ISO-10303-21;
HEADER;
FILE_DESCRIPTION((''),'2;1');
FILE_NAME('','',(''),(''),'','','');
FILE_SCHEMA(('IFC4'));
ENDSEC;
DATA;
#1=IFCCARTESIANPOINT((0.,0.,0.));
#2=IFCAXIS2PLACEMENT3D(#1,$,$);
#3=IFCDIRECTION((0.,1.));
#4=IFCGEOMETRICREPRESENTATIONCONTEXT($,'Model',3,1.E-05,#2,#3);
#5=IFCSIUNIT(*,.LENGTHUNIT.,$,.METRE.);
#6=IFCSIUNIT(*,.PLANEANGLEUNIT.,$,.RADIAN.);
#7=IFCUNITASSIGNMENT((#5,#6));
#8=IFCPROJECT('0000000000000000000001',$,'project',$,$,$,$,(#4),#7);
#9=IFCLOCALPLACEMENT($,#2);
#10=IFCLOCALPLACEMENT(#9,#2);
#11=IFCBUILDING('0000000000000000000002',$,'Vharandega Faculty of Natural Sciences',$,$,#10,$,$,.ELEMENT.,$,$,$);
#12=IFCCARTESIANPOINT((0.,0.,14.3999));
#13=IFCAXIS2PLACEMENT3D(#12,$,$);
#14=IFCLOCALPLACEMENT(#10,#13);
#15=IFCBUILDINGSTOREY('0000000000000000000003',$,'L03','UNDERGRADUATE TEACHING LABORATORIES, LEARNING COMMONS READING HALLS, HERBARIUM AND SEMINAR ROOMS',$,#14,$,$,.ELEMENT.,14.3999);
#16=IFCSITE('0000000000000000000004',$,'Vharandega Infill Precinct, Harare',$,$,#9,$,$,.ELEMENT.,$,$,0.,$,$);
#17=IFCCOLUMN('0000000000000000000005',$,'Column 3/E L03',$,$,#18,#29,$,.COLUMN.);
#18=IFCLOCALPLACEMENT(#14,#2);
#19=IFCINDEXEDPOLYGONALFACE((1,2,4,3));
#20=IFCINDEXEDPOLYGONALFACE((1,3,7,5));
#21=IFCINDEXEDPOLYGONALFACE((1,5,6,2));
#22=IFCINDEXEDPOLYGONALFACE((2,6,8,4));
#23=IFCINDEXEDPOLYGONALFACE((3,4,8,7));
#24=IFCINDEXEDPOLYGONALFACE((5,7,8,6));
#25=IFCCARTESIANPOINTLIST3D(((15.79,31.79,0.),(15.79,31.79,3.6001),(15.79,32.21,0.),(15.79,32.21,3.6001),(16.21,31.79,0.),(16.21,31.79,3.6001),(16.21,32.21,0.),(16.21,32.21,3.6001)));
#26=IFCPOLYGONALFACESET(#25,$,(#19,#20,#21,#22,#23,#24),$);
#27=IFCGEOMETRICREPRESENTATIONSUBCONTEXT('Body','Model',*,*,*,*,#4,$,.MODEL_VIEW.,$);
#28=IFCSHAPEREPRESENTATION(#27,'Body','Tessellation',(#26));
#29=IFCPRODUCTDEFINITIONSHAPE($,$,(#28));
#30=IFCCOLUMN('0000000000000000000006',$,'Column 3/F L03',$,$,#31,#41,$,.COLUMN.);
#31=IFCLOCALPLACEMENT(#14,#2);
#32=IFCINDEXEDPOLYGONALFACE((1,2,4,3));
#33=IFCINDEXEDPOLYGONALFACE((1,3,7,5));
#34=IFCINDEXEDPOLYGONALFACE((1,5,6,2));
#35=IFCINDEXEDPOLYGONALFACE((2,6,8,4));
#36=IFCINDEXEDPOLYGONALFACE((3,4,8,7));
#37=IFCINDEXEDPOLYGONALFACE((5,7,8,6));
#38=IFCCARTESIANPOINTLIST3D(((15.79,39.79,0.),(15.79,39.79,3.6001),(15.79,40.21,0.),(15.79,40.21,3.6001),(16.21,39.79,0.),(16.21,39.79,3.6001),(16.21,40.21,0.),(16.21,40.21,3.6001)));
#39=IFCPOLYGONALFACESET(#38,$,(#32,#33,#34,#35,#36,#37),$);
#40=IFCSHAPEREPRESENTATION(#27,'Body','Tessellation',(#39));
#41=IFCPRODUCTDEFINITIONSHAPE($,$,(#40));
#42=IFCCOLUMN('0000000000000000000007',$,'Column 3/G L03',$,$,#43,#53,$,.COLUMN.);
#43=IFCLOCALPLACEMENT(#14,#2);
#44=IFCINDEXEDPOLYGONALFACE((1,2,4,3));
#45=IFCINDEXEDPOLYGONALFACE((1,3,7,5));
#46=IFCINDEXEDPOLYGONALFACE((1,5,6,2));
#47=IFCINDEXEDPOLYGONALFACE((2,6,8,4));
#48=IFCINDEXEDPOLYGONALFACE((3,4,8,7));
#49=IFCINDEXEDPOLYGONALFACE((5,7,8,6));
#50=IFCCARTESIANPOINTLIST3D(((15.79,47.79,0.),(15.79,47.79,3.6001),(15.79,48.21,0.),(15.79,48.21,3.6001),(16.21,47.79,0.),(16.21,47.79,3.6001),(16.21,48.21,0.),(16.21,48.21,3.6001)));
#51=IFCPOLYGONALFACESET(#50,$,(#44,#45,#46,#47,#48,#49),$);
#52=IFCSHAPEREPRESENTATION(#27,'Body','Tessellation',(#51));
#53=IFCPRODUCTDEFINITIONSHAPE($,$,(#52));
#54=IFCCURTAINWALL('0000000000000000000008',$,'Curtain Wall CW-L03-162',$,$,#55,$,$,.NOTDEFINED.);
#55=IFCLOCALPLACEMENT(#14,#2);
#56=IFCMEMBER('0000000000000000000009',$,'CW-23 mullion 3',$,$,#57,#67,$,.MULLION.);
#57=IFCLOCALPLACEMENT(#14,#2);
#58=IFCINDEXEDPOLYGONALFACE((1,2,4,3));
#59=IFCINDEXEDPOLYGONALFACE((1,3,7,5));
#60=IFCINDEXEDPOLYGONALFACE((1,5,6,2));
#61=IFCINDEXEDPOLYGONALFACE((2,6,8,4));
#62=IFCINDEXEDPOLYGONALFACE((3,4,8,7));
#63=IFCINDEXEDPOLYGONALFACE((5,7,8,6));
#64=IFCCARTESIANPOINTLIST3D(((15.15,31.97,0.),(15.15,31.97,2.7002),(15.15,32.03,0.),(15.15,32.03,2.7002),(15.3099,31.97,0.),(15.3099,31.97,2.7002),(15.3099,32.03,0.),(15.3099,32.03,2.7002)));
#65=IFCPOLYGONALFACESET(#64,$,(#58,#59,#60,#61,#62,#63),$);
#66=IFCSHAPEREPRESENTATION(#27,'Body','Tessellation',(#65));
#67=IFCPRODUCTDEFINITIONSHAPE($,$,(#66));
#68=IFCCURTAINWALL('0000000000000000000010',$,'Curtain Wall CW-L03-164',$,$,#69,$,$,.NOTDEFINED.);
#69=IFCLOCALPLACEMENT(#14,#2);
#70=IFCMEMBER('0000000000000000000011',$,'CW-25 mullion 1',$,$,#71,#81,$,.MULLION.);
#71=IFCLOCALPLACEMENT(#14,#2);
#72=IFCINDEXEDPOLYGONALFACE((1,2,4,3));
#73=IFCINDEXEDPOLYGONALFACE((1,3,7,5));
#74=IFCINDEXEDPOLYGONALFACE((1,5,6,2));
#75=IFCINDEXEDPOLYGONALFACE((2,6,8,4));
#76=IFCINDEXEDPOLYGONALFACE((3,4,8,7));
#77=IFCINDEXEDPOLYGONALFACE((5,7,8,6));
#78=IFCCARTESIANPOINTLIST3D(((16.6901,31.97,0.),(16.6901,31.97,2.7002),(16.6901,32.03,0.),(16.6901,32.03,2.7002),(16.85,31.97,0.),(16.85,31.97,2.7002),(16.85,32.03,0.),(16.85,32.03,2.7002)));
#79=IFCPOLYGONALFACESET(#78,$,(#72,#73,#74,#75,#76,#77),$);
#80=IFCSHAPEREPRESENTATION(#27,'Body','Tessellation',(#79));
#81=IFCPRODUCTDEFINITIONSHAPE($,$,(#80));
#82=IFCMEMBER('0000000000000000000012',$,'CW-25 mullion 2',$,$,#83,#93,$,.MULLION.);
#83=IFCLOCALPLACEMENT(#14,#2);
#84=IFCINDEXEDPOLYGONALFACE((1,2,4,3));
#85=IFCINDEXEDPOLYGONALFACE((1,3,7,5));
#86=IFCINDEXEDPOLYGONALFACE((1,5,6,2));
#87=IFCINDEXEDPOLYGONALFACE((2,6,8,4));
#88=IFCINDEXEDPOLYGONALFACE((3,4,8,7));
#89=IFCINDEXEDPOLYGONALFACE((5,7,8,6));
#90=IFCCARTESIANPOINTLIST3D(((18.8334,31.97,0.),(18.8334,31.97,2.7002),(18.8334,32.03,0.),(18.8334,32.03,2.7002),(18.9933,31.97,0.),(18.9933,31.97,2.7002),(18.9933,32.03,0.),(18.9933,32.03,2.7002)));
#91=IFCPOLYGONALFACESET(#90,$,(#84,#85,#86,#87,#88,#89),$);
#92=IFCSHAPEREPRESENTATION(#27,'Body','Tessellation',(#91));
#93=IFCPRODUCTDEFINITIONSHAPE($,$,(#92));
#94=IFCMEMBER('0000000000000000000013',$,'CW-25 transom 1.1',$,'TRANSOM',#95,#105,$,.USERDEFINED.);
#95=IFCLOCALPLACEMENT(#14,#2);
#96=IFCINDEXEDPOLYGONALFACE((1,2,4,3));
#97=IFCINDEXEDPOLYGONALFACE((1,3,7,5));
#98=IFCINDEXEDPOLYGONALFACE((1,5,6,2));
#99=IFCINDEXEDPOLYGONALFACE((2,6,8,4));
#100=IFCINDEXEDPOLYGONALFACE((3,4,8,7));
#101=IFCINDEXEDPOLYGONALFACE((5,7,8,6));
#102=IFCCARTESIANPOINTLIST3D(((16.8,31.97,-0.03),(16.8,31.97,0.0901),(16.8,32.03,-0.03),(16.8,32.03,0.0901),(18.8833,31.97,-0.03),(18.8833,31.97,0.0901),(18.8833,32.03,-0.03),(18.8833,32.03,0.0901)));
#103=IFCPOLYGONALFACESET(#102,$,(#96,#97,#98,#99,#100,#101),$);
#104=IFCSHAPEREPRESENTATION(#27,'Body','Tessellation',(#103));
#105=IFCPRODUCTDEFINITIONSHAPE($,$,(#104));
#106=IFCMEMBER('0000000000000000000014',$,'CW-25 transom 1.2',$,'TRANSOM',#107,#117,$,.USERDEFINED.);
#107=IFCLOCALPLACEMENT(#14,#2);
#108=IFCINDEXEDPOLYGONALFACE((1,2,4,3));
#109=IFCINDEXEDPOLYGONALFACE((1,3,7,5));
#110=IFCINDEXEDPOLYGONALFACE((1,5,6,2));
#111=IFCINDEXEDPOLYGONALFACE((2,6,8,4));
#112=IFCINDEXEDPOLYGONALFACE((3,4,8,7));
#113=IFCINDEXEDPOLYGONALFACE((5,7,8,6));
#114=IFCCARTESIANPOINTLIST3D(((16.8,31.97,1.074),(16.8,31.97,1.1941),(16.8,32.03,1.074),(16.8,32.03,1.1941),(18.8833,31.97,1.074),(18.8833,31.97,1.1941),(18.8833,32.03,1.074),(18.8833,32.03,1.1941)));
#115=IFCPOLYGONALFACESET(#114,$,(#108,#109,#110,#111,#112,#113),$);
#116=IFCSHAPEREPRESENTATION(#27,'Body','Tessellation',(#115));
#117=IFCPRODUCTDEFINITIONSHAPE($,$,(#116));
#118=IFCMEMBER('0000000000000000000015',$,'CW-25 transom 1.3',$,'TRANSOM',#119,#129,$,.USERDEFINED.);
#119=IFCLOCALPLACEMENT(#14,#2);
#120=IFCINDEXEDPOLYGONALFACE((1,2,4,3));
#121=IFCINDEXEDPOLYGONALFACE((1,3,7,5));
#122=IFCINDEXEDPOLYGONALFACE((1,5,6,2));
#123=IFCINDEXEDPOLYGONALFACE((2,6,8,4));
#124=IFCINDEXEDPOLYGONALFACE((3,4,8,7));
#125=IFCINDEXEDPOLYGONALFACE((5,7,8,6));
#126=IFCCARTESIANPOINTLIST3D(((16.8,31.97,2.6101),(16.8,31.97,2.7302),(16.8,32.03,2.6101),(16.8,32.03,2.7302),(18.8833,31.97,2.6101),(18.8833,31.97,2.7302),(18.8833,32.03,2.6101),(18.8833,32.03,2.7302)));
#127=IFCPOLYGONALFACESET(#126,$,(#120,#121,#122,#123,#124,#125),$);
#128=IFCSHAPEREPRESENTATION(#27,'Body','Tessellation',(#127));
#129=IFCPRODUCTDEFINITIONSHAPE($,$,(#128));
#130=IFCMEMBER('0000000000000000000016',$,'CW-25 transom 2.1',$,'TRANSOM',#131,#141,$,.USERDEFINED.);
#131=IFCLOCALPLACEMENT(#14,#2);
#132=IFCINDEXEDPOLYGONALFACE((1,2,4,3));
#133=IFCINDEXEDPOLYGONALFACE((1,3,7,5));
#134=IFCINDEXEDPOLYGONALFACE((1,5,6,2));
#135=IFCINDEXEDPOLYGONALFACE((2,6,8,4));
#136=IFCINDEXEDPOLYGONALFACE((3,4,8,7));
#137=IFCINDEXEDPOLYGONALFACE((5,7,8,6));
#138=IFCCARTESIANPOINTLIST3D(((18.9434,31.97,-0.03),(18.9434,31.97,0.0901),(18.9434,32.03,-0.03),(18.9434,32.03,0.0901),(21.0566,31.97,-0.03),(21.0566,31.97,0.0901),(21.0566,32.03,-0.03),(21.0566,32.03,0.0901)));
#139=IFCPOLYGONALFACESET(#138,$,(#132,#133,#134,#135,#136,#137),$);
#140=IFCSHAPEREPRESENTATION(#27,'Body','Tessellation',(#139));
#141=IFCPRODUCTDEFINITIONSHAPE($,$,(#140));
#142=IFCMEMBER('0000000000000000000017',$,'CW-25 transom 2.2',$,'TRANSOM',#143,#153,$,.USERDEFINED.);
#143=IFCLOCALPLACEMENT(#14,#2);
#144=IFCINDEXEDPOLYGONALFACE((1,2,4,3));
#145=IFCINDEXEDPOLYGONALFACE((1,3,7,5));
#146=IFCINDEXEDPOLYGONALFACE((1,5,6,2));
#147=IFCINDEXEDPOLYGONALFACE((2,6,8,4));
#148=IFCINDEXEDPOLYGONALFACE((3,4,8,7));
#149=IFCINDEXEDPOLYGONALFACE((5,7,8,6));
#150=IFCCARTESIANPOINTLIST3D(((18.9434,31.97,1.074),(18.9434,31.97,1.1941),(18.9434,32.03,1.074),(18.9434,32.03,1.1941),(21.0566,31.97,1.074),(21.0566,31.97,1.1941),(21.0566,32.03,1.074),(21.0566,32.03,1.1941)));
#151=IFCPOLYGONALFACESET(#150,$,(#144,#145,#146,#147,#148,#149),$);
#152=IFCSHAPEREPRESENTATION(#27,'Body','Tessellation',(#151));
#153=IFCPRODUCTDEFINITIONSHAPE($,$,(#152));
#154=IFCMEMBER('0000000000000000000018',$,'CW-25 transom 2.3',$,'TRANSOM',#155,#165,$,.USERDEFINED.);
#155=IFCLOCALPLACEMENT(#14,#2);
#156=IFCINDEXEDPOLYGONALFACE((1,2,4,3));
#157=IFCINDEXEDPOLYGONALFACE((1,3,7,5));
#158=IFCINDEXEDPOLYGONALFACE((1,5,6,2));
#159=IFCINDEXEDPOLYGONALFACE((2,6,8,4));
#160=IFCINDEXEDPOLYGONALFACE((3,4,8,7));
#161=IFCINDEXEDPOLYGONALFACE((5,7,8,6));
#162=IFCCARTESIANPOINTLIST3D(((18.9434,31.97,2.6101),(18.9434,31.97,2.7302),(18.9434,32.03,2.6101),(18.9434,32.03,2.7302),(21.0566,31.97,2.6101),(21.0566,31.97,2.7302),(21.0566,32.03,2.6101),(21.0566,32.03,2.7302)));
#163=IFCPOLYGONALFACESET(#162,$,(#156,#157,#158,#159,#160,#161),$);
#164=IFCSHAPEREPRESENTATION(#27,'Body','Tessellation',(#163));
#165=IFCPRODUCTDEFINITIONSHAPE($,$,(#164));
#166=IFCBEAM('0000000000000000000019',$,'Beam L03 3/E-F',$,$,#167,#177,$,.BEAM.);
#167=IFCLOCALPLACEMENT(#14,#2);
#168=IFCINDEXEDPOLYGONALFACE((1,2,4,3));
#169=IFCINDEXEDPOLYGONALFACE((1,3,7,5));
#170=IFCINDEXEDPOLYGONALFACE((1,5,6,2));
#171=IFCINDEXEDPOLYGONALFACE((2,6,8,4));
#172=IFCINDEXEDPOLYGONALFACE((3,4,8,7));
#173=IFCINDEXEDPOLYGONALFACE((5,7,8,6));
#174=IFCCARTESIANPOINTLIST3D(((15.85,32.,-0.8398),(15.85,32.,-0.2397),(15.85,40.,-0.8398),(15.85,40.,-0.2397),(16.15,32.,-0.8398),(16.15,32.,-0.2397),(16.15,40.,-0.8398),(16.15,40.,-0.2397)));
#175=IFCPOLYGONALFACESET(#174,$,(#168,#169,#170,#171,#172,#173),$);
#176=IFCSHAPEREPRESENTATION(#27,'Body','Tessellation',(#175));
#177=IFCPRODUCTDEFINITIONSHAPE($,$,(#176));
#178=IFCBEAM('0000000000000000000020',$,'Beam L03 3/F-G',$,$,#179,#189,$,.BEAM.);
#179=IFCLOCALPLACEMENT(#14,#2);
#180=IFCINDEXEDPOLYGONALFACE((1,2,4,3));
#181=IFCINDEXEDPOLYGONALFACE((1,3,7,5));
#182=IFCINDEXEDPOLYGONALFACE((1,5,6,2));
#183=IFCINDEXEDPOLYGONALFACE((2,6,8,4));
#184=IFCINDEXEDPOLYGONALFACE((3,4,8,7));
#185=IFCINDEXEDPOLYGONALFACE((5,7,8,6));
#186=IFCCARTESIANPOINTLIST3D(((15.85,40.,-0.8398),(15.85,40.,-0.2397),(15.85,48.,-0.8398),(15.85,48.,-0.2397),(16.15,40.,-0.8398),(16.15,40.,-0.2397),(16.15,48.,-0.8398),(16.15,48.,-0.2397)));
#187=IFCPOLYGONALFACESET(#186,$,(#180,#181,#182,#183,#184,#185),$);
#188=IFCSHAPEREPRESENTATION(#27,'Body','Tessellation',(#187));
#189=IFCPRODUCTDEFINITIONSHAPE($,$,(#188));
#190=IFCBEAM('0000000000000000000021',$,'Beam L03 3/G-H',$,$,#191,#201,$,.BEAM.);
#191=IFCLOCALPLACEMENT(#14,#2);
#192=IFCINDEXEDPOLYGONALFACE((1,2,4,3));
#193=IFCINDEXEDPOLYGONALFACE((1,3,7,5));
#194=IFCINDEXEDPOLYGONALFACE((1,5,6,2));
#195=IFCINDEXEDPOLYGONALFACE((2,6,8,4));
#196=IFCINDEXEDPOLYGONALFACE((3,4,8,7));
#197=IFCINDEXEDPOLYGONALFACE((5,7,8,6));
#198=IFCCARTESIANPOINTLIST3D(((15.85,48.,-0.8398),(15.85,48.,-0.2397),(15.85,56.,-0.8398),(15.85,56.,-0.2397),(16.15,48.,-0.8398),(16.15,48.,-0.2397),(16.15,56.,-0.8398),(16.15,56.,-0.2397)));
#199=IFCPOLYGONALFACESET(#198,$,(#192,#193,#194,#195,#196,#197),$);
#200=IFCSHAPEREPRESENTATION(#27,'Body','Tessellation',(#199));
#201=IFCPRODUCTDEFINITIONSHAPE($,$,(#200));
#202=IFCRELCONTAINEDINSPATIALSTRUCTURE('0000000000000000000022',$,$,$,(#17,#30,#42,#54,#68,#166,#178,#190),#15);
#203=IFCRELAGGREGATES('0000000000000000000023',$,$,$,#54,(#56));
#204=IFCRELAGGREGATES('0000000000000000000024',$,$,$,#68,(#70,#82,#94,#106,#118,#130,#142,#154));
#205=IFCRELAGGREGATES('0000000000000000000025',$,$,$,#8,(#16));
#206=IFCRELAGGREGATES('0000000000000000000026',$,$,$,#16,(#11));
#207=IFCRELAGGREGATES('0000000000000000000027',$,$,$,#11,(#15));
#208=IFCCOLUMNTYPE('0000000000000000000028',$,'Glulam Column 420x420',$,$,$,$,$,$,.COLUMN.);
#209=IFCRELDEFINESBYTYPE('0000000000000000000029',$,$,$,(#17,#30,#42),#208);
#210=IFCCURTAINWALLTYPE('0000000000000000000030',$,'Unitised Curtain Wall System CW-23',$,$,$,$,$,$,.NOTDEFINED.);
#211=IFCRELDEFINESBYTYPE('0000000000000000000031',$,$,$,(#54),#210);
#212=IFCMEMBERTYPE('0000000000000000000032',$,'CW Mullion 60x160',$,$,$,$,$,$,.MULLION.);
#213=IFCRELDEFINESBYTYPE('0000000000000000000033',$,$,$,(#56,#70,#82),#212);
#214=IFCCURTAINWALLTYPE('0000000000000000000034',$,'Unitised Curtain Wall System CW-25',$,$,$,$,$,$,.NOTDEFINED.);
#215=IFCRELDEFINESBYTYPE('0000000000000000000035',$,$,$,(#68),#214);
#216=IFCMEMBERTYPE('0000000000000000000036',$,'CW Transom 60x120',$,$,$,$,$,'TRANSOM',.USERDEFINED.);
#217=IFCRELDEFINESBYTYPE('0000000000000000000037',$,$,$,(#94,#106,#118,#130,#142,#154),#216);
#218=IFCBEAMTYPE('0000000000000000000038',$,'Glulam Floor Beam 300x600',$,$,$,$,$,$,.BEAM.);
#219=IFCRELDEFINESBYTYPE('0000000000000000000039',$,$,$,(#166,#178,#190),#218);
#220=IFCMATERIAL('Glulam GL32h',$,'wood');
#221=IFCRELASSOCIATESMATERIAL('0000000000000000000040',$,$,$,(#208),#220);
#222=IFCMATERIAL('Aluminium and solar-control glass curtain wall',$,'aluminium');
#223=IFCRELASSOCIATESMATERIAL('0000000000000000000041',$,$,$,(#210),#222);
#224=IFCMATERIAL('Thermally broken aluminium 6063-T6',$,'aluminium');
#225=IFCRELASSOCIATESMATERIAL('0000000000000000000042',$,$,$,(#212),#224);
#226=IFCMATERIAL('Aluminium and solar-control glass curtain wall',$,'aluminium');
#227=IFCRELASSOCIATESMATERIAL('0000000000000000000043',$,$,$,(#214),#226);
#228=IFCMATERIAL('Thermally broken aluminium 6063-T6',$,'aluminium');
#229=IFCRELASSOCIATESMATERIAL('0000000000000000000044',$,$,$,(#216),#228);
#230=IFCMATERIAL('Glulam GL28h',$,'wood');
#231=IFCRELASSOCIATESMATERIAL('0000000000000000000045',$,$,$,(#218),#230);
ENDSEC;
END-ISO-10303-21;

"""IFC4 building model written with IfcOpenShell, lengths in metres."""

from ifc_helpers import new_model, si_unit, direction, frame, origin, origin_2d, place, context, subcontext, project, spatial, rectangle, extrude, material, material_profile, profile_set, type_object, element, aggregate, save


model = new_model("IFC4")

# Units and contexts
model_context = context("Model", 3, precision=1e-05, world=origin(), true_north=direction((0.0, 1.0)))
body_context = subcontext(model_context, "Body", "Model", "MODEL_VIEW")
ifc_project = project(units=[si_unit("LENGTHUNIT", "METRE"), si_unit("PLANEANGLEUNIT", "RADIAN")], contexts=[model_context])

# Site, building, storey
site_placement = place(None, origin())
site = spatial("IfcSite", under=ifc_project, at=site_placement, Name="Vharandega Infill Precinct, Harare", CompositionType="ELEMENT", RefElevation=0.0)
building_placement = place(site_placement, origin())
building = spatial("IfcBuilding", under=site, at=building_placement, Name="Vharandega Faculty of Natural Sciences", CompositionType="ELEMENT")
storey_placement = place(building_placement, frame((0.0, 0.0, 14.3999)))
storey = spatial("IfcBuildingStorey", under=building, at=storey_placement, Name="L03", Description="UNDERGRADUATE TEACHING LABORATORIES, LEARNING COMMONS READING HALLS, HERBARIUM AND SEMINAR ROOMS", CompositionType="ELEMENT", Elevation=14.3999)

# Columns
ifc_material_1 = material(Name="Glulam GL32h", Category="wood")
ifc_material_profile_1 = material_profile(ifc_material_1, rectangle(XDim=0.4199, YDim=0.4199, at=origin_2d()), Name="GL32h 420x420")
ifc_profile_set_1 = profile_set([ifc_material_profile_1], Name="Glulam GL32h")
column_type = type_object("IfcColumnType", Name="Glulam Column 420x420", PredefinedType="COLUMN", material=ifc_profile_set_1)
for number, where, z_axis, x_axis, name in (
    (1, (16.0, 32.0, 0.0), (0.0, 0.0, 1.0), (1.0, 0.0, 0.0), "Column 3/E L03"),
    (2, (16.0, 40.0, 0.0), (0.0, 0.0, 1.0), (1.0, 0.0, 0.0), "Column 3/F L03"),
    (3, (16.0, 48.0, 0.0), (0.0, 0.0, 1.0), (1.0, 0.0, 0.0), "Column 3/G L03"),
):
    element("IfcColumn", number, at=place(storey_placement, frame(where, z_axis=z_axis, x_axis=x_axis)), inside=storey, type_object=column_type, Name=name, PredefinedType="COLUMN", context=body_context, shape_type="SweptSolid", body=[
        extrude(rectangle(XDim=0.4199, YDim=0.4199, at=origin_2d()), origin(), (0.0, 0.0, 1.0), 3.6001),
    ])

# Curtain wall, member
ifc_material_2 = material(Name="Aluminium and solar-control glass curtain wall", Category="aluminium")
curtain_wall_type_1 = type_object("IfcCurtainWallType", Name="Unitised Curtain Wall System CW-23", PredefinedType="NOTDEFINED", material=ifc_material_2)
curtain_wall_1_placement = place(storey_placement, origin())
curtain_wall_1 = element("IfcCurtainWall", 4, at=curtain_wall_1_placement, inside=storey, type_object=curtain_wall_type_1, Name="Curtain Wall CW-L03-162", PredefinedType="NOTDEFINED")
ifc_material_3 = material(Name="Thermally broken aluminium 6063-T6", Category="aluminium")
ifc_material_profile_2 = material_profile(ifc_material_3, rectangle(XDim=0.0601, YDim=0.1599, at=origin_2d()), Name="ALU 60x160")
ifc_profile_set_2 = profile_set([ifc_material_profile_2], Name="Thermally broken aluminium 6063-T6")
member_type_1 = type_object("IfcMemberType", Name="CW Mullion 60x160", PredefinedType="MULLION", material=ifc_profile_set_2)
member_1_placement = place(storey_placement, frame((15.23, 32.0, 0.0), z_axis=(0.0, 0.0, 1.0), x_axis=(0.0, 1.0, 0.0)))
member_1 = element("IfcMember", 5, at=member_1_placement, type_object=member_type_1, Name="CW-23 mullion 3", PredefinedType="MULLION", context=body_context, shape_type="SweptSolid", body=[
    extrude(rectangle(XDim=0.0601, YDim=0.1599, at=origin_2d()), origin(), (0.0, 0.0, 1.0), 2.7002),
])
aggregate(curtain_wall_1, [member_1])

# Curtain wall, members
ifc_material_4 = material(Name="Aluminium and solar-control glass curtain wall", Category="aluminium")
curtain_wall_type_2 = type_object("IfcCurtainWallType", Name="Unitised Curtain Wall System CW-25", PredefinedType="NOTDEFINED", material=ifc_material_4)
curtain_wall_2_placement = place(storey_placement, origin())
curtain_wall_2 = element("IfcCurtainWall", 6, at=curtain_wall_2_placement, inside=storey, type_object=curtain_wall_type_2, Name="Curtain Wall CW-L03-164", PredefinedType="NOTDEFINED")
member_2_placement = place(storey_placement, frame((16.77, 32.0, 0.0), z_axis=(0.0, 0.0, 1.0), x_axis=(0.0, 1.0, 0.0)))
member_2 = element("IfcMember", 7, at=member_2_placement, type_object=member_type_1, Name="CW-25 mullion 1", PredefinedType="MULLION", context=body_context, shape_type="SweptSolid", body=[
    extrude(rectangle(XDim=0.0601, YDim=0.1599, at=origin_2d()), origin(), (0.0, 0.0, 1.0), 2.7002),
])
member_3_placement = place(storey_placement, frame((18.9133, 32.0, 0.0), z_axis=(0.0, 0.0, 1.0), x_axis=(0.0, 1.0, 0.0)))
member_3 = element("IfcMember", 8, at=member_3_placement, type_object=member_type_1, Name="CW-25 mullion 2", PredefinedType="MULLION", context=body_context, shape_type="SweptSolid", body=[
    extrude(rectangle(XDim=0.0601, YDim=0.1599, at=origin_2d()), origin(), (0.0, 0.0, 1.0), 2.7002),
])
ifc_material_5 = material(Name="Thermally broken aluminium 6063-T6", Category="aluminium")
ifc_material_profile_3 = material_profile(ifc_material_5, rectangle(XDim=0.0601, YDim=0.1201, at=origin_2d()), Name="ALU 60x120")
ifc_profile_set_3 = profile_set([ifc_material_profile_3], Name="Thermally broken aluminium 6063-T6")
member_type_2 = type_object("IfcMemberType", Name="CW Transom 60x120", ElementType="TRANSOM", PredefinedType="USERDEFINED", material=ifc_profile_set_3)
member_4_placement = place(storey_placement, frame((16.8, 32.0, 0.03), z_axis=(1.0, 0.0, 0.0), x_axis=(0.0, 1.0, 0.0)))
member_4 = element("IfcMember", 9, at=member_4_placement, type_object=member_type_2, Name="CW-25 transom 1.1", ObjectType="TRANSOM", PredefinedType="USERDEFINED", context=body_context, shape_type="SweptSolid", body=[
    extrude(rectangle(XDim=0.0601, YDim=0.1201, at=origin_2d()), origin(), (0.0, 0.0, 1.0), 2.0833),
])
member_5_placement = place(storey_placement, frame((16.8, 32.0, 1.134), z_axis=(1.0, 0.0, 0.0), x_axis=(0.0, 1.0, 0.0)))
member_5 = element("IfcMember", 10, at=member_5_placement, type_object=member_type_2, Name="CW-25 transom 1.2", ObjectType="TRANSOM", PredefinedType="USERDEFINED", context=body_context, shape_type="SweptSolid", body=[
    extrude(rectangle(XDim=0.0601, YDim=0.1201, at=origin_2d()), origin(), (0.0, 0.0, 1.0), 2.0833),
])
member_6_placement = place(storey_placement, frame((16.8, 32.0, 2.6702), z_axis=(1.0, 0.0, 0.0), x_axis=(0.0, 1.0, 0.0)))
member_6 = element("IfcMember", 11, at=member_6_placement, type_object=member_type_2, Name="CW-25 transom 1.3", ObjectType="TRANSOM", PredefinedType="USERDEFINED", context=body_context, shape_type="SweptSolid", body=[
    extrude(rectangle(XDim=0.0601, YDim=0.1201, at=origin_2d()), origin(), (0.0, 0.0, 1.0), 2.0833),
])
member_7_placement = place(storey_placement, frame((18.9434, 32.0, 0.03), z_axis=(1.0, 0.0, 0.0), x_axis=(0.0, 1.0, 0.0)))
member_7 = element("IfcMember", 12, at=member_7_placement, type_object=member_type_2, Name="CW-25 transom 2.1", ObjectType="TRANSOM", PredefinedType="USERDEFINED", context=body_context, shape_type="SweptSolid", body=[
    extrude(rectangle(XDim=0.0601, YDim=0.1201, at=origin_2d()), origin(), (0.0, 0.0, 1.0), 2.1133),
])
member_8_placement = place(storey_placement, frame((18.9434, 32.0, 1.134), z_axis=(1.0, 0.0, 0.0), x_axis=(0.0, 1.0, 0.0)))
member_8 = element("IfcMember", 13, at=member_8_placement, type_object=member_type_2, Name="CW-25 transom 2.2", ObjectType="TRANSOM", PredefinedType="USERDEFINED", context=body_context, shape_type="SweptSolid", body=[
    extrude(rectangle(XDim=0.0601, YDim=0.1201, at=origin_2d()), origin(), (0.0, 0.0, 1.0), 2.1133),
])
member_9_placement = place(storey_placement, frame((18.9434, 32.0, 2.6702), z_axis=(1.0, 0.0, 0.0), x_axis=(0.0, 1.0, 0.0)))
member_9 = element("IfcMember", 14, at=member_9_placement, type_object=member_type_2, Name="CW-25 transom 2.3", ObjectType="TRANSOM", PredefinedType="USERDEFINED", context=body_context, shape_type="SweptSolid", body=[
    extrude(rectangle(XDim=0.0601, YDim=0.1201, at=origin_2d()), origin(), (0.0, 0.0, 1.0), 2.1133),
])

# Beams
ifc_material_6 = material(Name="Glulam GL28h", Category="wood")
ifc_material_profile_4 = material_profile(ifc_material_6, rectangle(XDim=0.3, YDim=0.6001, at=origin_2d()), Name="GL28h 300x600")
ifc_profile_set_4 = profile_set([ifc_material_profile_4], Name="Glulam GL28h")
beam_type_1 = type_object("IfcBeamType", Name="Glulam Floor Beam 300x600", PredefinedType="BEAM", material=ifc_profile_set_4)
for number, where, z_axis, x_axis, name in (
    (15, (16.0, 32.0, -0.5398), (0.0, 1.0, 0.0), (-1.0, 0.0, 0.0), "Beam L03 3/E-F"),
    (16, (16.0, 40.0, -0.5398), (0.0, 1.0, 0.0), (-1.0, 0.0, 0.0), "Beam L03 3/F-G"),
    (17, (16.0, 48.0, -0.5398), (0.0, 1.0, 0.0), (-1.0, 0.0, 0.0), "Beam L03 3/G-H"),
):
    element("IfcBeam", number, at=place(storey_placement, frame(where, z_axis=z_axis, x_axis=x_axis)), inside=storey, type_object=beam_type_1, Name=name, PredefinedType="BEAM", context=body_context, shape_type="SweptSolid", body=[
        extrude(rectangle(XDim=0.3, YDim=0.6001, at=origin_2d()), origin(), (0.0, 0.0, 1.0), 8.0),
    ])

aggregate(curtain_wall_2, [member_2, member_3, member_4, member_5, member_6, member_7, member_8, member_9])

save(model, "model.ifc")
